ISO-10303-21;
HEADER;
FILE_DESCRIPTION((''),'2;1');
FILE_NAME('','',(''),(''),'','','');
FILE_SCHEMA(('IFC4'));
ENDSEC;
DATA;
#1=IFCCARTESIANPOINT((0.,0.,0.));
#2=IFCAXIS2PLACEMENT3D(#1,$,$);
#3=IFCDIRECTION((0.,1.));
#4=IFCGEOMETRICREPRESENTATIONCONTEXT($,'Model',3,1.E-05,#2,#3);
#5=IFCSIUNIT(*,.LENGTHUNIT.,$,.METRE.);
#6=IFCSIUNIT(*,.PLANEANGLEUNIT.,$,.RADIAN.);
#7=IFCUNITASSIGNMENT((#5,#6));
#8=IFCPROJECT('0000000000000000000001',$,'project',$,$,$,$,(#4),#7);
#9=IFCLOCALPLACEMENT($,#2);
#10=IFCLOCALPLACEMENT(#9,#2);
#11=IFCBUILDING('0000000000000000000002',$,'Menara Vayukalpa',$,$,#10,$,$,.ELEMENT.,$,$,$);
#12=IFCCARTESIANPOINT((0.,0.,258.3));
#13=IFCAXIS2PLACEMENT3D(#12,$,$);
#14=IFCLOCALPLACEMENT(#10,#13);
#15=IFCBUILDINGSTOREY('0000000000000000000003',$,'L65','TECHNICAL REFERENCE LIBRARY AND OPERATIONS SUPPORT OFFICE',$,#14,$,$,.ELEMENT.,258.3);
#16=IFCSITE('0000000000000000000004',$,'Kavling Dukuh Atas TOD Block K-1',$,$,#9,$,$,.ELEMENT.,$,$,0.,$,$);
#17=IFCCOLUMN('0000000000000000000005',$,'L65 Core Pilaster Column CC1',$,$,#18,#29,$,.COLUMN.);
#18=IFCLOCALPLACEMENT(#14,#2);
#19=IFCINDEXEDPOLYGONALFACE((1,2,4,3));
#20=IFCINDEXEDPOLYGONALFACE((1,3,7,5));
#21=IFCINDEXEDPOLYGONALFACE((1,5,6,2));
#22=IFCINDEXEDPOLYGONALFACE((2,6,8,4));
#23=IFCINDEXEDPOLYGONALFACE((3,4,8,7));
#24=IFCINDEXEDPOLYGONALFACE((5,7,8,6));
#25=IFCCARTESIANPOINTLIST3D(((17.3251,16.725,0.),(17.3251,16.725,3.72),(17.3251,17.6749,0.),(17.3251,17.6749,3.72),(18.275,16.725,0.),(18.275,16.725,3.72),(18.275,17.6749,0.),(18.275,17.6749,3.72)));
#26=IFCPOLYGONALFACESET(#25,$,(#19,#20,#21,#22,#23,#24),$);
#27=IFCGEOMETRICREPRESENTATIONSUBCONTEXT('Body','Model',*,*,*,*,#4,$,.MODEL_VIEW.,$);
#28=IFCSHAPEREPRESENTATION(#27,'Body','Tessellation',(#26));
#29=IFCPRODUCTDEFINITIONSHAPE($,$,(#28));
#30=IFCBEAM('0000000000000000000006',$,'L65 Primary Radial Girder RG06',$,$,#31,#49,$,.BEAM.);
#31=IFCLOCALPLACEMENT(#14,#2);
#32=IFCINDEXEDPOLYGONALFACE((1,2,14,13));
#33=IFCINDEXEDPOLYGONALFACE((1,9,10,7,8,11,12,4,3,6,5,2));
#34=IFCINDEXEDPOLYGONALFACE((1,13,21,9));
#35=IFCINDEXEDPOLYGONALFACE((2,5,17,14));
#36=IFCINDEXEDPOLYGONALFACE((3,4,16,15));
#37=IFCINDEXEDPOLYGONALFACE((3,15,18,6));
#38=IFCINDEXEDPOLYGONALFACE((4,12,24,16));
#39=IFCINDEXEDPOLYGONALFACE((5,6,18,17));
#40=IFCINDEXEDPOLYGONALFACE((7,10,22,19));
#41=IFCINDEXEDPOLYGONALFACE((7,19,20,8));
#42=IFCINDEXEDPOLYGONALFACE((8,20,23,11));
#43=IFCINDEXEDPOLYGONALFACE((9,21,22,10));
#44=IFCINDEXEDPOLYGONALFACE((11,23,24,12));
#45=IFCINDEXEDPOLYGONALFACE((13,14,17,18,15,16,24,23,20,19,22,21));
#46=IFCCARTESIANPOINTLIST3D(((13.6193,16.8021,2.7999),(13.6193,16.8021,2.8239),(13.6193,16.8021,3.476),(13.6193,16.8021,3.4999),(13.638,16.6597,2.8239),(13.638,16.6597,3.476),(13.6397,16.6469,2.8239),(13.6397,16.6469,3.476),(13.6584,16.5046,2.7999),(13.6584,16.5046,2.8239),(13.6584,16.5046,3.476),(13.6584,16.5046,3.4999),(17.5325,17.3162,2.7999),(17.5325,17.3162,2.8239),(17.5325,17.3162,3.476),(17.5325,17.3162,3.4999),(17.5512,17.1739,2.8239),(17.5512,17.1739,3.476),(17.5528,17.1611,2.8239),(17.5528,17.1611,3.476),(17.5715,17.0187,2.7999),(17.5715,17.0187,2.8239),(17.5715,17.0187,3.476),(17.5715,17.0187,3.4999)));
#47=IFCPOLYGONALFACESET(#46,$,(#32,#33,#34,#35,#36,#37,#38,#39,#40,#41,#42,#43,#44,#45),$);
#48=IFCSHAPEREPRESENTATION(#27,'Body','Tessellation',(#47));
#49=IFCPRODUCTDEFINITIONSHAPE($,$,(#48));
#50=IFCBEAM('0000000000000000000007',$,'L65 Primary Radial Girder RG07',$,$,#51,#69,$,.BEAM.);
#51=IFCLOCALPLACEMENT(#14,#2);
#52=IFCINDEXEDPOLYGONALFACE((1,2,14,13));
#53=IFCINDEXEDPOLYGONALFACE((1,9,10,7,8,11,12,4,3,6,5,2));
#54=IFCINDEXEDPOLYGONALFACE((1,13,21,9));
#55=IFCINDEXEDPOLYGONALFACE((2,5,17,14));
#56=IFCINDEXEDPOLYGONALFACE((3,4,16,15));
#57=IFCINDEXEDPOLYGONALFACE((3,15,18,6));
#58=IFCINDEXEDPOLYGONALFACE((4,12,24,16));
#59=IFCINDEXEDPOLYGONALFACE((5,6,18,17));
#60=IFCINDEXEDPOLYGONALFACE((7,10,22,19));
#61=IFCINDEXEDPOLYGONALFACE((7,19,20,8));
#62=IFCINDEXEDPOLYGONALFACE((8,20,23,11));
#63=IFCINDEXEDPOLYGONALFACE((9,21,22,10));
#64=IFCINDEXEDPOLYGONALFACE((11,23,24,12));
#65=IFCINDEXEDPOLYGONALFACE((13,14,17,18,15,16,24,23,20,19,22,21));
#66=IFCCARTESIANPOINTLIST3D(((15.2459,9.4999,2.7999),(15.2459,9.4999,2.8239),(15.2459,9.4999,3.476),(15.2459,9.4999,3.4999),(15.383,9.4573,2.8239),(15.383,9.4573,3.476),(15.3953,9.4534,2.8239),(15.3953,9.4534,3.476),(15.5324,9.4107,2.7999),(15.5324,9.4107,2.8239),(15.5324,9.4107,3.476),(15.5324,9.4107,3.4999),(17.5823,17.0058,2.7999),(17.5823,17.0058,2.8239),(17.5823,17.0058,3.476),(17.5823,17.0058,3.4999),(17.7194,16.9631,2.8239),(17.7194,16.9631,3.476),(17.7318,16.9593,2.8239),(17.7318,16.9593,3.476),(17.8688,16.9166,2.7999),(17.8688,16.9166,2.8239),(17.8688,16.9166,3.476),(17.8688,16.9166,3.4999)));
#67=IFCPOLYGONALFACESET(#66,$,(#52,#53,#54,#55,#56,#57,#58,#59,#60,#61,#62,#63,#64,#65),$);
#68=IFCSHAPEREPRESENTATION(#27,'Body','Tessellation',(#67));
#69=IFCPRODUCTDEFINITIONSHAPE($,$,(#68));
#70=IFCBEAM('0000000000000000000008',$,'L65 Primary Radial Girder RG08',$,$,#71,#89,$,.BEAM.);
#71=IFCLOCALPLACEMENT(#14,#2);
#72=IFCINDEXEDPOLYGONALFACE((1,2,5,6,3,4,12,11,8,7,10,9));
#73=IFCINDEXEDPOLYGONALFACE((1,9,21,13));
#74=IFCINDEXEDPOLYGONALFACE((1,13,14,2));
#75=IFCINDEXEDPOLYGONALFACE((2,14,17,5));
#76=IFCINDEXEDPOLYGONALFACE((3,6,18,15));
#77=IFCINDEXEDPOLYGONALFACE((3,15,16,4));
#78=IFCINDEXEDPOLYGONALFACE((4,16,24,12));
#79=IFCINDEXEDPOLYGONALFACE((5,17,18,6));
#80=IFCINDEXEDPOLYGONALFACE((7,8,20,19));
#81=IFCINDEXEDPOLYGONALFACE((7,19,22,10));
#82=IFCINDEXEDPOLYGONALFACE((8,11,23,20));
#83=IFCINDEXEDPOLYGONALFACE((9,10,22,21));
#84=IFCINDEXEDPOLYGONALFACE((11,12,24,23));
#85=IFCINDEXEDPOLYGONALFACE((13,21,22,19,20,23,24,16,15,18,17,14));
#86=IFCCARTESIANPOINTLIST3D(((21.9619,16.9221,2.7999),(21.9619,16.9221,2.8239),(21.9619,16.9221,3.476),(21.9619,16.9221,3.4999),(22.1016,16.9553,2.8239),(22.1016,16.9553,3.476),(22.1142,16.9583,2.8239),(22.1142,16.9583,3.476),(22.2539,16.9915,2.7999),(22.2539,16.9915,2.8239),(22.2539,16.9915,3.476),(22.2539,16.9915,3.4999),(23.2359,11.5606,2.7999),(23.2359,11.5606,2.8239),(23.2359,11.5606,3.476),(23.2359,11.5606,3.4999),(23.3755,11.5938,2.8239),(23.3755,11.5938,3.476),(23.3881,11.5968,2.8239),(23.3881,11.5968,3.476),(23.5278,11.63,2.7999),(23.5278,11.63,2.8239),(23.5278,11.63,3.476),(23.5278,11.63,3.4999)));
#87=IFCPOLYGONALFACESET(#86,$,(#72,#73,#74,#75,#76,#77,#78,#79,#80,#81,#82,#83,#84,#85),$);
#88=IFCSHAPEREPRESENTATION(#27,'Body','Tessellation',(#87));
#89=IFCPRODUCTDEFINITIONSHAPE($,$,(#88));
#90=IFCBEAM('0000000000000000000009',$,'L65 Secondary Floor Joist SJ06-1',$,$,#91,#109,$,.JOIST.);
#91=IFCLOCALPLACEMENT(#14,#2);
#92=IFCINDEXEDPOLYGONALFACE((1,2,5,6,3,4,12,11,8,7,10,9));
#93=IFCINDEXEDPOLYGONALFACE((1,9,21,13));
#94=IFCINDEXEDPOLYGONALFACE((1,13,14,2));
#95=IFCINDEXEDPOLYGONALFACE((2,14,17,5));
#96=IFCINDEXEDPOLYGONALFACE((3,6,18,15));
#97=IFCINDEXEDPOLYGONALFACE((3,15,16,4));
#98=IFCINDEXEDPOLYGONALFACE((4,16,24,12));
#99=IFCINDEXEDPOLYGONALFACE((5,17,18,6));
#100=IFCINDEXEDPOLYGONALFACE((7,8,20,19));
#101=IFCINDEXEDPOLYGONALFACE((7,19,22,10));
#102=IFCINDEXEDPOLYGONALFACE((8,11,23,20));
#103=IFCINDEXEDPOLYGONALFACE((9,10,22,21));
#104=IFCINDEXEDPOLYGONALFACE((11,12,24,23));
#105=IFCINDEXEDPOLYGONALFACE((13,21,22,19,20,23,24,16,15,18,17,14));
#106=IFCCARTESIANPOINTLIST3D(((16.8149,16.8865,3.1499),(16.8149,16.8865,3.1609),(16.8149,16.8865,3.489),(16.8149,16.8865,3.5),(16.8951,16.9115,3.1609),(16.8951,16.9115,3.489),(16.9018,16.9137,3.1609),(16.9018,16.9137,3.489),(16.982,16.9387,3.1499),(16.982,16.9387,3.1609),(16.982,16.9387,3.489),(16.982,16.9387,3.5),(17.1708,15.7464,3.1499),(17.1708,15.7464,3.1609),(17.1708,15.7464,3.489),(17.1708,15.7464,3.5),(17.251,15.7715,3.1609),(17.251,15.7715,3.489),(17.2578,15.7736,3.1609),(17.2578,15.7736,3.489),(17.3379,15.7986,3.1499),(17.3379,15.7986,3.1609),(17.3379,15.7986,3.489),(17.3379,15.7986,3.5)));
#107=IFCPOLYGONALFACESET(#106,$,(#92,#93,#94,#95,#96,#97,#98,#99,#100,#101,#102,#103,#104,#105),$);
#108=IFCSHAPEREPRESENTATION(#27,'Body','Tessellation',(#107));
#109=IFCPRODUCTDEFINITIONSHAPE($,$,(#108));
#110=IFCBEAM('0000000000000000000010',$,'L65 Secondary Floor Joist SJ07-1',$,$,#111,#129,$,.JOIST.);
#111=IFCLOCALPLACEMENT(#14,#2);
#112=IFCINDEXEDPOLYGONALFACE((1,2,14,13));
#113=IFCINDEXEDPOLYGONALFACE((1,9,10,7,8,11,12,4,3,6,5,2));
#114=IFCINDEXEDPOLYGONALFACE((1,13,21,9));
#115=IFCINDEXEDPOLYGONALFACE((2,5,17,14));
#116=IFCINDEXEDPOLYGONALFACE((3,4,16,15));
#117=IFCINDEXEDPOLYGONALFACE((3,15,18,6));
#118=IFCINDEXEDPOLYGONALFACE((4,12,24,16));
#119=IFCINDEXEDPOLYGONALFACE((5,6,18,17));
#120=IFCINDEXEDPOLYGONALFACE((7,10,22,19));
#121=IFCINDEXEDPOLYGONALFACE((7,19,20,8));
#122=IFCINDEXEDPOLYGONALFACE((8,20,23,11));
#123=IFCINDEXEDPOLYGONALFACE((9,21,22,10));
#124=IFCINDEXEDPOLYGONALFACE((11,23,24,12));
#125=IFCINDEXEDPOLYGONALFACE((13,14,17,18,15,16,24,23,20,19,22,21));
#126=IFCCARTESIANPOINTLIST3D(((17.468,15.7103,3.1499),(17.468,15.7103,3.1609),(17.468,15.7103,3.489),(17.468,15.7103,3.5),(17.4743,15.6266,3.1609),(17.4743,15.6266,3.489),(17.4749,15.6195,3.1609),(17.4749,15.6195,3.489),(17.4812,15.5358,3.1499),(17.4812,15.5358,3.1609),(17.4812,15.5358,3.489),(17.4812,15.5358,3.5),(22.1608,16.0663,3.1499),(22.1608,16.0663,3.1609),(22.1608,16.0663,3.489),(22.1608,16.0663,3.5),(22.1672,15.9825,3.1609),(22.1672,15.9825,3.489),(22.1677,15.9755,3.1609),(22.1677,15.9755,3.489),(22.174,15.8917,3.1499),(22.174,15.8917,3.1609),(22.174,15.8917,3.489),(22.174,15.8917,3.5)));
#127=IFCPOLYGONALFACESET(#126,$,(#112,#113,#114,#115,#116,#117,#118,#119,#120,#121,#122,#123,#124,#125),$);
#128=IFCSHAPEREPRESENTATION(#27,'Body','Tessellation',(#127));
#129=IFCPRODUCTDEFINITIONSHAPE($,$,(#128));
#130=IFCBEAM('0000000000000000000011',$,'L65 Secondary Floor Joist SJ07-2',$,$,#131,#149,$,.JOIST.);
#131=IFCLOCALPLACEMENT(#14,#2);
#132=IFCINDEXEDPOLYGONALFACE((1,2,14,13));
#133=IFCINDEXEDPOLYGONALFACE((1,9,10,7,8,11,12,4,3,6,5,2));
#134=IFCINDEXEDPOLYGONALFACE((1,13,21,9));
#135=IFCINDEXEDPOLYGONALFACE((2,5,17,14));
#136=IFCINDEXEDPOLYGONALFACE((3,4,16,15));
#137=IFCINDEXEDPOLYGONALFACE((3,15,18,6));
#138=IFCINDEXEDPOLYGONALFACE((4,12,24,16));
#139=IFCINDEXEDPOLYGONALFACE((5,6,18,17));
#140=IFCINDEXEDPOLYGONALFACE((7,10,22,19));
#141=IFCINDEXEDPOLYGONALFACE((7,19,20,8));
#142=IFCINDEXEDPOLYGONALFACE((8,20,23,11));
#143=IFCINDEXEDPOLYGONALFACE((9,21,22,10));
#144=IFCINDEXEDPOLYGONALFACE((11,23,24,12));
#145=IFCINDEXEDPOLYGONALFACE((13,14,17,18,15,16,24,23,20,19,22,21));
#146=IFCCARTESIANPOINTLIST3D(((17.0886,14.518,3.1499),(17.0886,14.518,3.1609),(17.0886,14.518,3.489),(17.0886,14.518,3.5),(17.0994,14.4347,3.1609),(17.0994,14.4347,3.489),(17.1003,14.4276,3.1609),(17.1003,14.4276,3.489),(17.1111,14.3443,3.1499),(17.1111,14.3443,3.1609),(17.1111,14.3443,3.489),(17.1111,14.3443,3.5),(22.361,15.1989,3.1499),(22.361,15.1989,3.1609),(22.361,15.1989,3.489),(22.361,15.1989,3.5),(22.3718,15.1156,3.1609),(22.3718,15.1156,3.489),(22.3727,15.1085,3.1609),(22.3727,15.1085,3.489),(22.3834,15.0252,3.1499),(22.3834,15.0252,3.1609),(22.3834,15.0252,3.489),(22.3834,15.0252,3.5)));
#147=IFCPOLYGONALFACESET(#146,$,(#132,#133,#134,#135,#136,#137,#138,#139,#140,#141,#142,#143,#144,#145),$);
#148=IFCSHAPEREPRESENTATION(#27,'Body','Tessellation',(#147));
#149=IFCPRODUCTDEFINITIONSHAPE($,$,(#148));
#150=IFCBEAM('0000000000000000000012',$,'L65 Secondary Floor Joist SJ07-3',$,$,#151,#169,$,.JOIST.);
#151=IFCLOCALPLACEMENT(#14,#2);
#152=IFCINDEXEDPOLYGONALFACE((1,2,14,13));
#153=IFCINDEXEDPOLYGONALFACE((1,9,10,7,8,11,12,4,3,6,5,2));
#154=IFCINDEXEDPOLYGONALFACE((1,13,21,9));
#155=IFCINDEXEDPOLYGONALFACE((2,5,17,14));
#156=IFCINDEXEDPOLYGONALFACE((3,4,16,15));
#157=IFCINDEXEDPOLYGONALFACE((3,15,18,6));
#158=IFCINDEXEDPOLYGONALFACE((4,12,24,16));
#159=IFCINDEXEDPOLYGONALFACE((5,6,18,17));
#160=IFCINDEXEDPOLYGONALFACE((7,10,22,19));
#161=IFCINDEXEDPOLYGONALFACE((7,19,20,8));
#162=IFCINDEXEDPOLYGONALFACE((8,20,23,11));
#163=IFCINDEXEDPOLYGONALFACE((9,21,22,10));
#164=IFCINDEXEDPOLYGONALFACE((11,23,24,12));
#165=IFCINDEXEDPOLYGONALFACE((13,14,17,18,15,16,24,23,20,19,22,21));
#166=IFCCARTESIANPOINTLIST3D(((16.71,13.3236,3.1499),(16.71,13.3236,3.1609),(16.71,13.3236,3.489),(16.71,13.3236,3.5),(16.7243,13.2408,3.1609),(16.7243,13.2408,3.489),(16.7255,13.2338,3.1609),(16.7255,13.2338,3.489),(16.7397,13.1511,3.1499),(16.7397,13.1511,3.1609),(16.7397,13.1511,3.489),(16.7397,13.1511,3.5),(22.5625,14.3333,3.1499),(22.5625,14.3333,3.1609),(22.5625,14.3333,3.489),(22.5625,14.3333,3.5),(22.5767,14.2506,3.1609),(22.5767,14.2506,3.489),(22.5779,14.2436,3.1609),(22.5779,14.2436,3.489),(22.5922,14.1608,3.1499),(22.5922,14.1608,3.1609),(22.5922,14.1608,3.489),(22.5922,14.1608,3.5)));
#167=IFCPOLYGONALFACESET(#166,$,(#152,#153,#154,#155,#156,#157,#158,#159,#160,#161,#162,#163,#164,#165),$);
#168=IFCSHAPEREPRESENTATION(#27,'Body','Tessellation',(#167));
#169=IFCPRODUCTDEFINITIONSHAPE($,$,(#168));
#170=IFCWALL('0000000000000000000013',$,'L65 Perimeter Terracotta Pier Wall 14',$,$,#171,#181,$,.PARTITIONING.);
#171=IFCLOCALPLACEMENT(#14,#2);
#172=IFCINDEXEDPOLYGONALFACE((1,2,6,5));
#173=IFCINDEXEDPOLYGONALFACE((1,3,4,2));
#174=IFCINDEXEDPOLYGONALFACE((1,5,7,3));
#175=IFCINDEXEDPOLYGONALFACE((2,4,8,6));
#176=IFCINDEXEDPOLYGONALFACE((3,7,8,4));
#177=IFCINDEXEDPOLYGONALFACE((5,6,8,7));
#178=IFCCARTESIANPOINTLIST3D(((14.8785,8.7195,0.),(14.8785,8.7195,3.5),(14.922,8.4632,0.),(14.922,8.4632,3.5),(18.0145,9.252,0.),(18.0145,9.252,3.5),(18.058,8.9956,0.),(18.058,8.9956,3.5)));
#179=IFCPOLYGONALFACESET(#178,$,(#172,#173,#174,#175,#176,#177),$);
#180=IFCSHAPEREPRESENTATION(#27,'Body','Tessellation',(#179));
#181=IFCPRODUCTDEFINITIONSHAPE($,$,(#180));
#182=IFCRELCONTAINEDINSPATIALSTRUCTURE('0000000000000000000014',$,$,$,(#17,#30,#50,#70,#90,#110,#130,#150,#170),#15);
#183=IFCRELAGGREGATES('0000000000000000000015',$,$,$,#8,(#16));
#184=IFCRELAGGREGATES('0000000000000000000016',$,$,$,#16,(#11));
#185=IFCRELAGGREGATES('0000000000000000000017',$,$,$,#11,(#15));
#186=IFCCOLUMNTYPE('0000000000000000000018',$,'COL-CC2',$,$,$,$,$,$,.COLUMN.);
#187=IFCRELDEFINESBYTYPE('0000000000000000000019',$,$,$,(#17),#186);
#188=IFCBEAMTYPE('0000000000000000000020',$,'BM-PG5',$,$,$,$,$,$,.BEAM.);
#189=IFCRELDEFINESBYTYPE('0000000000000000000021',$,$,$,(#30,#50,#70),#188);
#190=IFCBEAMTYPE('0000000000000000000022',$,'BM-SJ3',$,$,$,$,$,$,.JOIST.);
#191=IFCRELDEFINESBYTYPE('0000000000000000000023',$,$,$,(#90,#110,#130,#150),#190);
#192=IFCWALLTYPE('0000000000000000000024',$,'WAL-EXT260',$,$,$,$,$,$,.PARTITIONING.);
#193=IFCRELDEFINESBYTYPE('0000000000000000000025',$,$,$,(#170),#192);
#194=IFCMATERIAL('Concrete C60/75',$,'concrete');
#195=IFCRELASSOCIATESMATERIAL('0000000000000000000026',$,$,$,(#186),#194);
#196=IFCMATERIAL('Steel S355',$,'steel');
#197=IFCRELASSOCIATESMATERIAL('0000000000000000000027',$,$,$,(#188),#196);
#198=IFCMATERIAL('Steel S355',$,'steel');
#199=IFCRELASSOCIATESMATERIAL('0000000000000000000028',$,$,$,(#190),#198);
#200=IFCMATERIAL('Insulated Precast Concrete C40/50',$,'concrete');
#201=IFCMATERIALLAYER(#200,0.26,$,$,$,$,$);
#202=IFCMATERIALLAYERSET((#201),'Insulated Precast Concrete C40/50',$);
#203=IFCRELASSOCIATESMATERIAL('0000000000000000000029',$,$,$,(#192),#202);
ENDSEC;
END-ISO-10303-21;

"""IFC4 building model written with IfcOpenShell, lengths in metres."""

from ifc_helpers import new_model, si_unit, direction, frame, frame_2d, origin, origin_2d, place, context, subcontext, project, spatial, rectangle, i_section, extrude, material, layer, layer_set, material_profile, profile_set, type_object, element, save


model = new_model("IFC4")

# Units and contexts
model_context = context("Model", 3, precision=1e-05, world=origin(), true_north=direction((0.0, 1.0)))
body_context = subcontext(model_context, "Body", "Model", "MODEL_VIEW")
ifc_project = project(units=[si_unit("LENGTHUNIT", "METRE"), si_unit("PLANEANGLEUNIT", "RADIAN")], contexts=[model_context])

# Site, building, storey
site_placement = place(None, origin())
site = spatial("IfcSite", under=ifc_project, at=site_placement, Name="Kavling Dukuh Atas TOD Block K-1", CompositionType="ELEMENT", RefElevation=0.0)
building_placement = place(site_placement, origin())
building = spatial("IfcBuilding", under=site, at=building_placement, Name="Menara Vayukalpa", CompositionType="ELEMENT")
storey_placement = place(building_placement, frame((0.0, 0.0, 258.3)))
storey = spatial("IfcBuildingStorey", under=building, at=storey_placement, Name="L65", Description="TECHNICAL REFERENCE LIBRARY AND OPERATIONS SUPPORT OFFICE", CompositionType="ELEMENT", Elevation=258.3)

# Column
ifc_material_1 = material(Name="Concrete C60/75", Category="concrete")
ifc_material_profile_1 = material_profile(ifc_material_1, rectangle(XDim=0.95, YDim=0.95, at=origin_2d()), Name="RC 950x950")
ifc_profile_set_1 = profile_set([ifc_material_profile_1], Name="Concrete C60/75")
column_type = type_object("IfcColumnType", Name="COL-CC2", PredefinedType="COLUMN", material=ifc_profile_set_1)
column_placement = place(storey_placement, frame((17.8, 17.2, 0.0), z_axis=(0.0, 0.0, 1.0), x_axis=(1.0, 0.0, 0.0)))
element("IfcColumn", 1, at=column_placement, inside=storey, type_object=column_type, Name="L65 Core Pilaster Column CC1", PredefinedType="COLUMN", context=body_context, shape_type="SweptSolid", body=[
    extrude(rectangle(XDim=0.95, YDim=0.95, at=origin_2d()), origin(), (0.0, 0.0, 1.0), 3.72),
])

# Beams
ifc_material_2 = material(Name="Steel S355", Category="steel")
ifc_material_profile_2 = material_profile(ifc_material_2, i_section(OverallWidth=0.3, OverallDepth=0.7, WebThickness=0.0129, FlangeThickness=0.0239, at=origin_2d()), Name="WF 700x300x13x24")
ifc_profile_set_2 = profile_set([ifc_material_profile_2], Name="Steel S355")
beam_type_1 = type_object("IfcBeamType", Name="BM-PG5", PredefinedType="BEAM", material=ifc_profile_set_2)
beam_1_placement = place(storey_placement, frame((17.552, 17.1675, 3.1499), z_axis=(-0.991478, -0.130275, 0.0), x_axis=(0.130275, -0.991478, 0.0)))
element("IfcBeam", 2, at=beam_1_placement, inside=storey, type_object=beam_type_1, Name="L65 Primary Radial Girder RG06", PredefinedType="BEAM", context=body_context, shape_type="SweptSolid", body=[
    extrude(i_section(OverallWidth=0.3, OverallDepth=0.7, WebThickness=0.0129, FlangeThickness=0.0239, at=origin_2d()), origin(), (0.0, 0.0, 1.0), 3.9468),
])
beam_2_placement = place(storey_placement, frame((17.7256, 16.9612, 3.1499), z_axis=(-0.297214, -0.954811, 0.0), x_axis=(0.954811, -0.297214, 0.0)))
element("IfcBeam", 3, at=beam_2_placement, inside=storey, type_object=beam_type_1, Name="L65 Primary Radial Girder RG07", PredefinedType="BEAM", context=body_context, shape_type="SweptSolid", body=[
    extrude(i_section(OverallWidth=0.3, OverallDepth=0.7, WebThickness=0.0129, FlangeThickness=0.0239, at=origin_2d()), origin(), (0.0, 0.0, 1.0), 7.8611),
])
beam_3_placement = place(storey_placement, frame((22.1079, 16.9568, 3.1499), z_axis=(0.231167, -0.972914, 0.0), x_axis=(0.972914, 0.231167, 0.0)))
element("IfcBeam", 4, at=beam_3_placement, inside=storey, type_object=beam_type_1, Name="L65 Primary Radial Girder RG08", PredefinedType="BEAM", context=body_context, shape_type="SweptSolid", body=[
    extrude(i_section(OverallWidth=0.3, OverallDepth=0.7, WebThickness=0.0129, FlangeThickness=0.0239, at=origin_2d()), origin(), (0.0, 0.0, 1.0), 5.5107),
])
ifc_material_3 = material(Name="Steel S355", Category="steel")
ifc_material_profile_3 = material_profile(ifc_material_3, i_section(OverallWidth=0.175, OverallDepth=0.3501, WebThickness=0.0071, FlangeThickness=0.011, at=origin_2d()), Name="WF 350x175x7x11")
ifc_profile_set_3 = profile_set([ifc_material_profile_3], Name="Steel S355")
beam_type_2 = type_object("IfcBeamType", Name="BM-SJ3", PredefinedType="JOIST", material=ifc_profile_set_3)
beam_4_placement = place(storey_placement, frame((16.8984, 16.9126, 3.325), z_axis=(0.298019, -0.95456, 0.0), x_axis=(0.95456, 0.298019, 0.0)))
element("IfcBeam", 5, at=beam_4_placement, inside=storey, type_object=beam_type_2, Name="L65 Secondary Floor Joist SJ06-1", PredefinedType="JOIST", context=body_context, shape_type="SweptSolid", body=[
    extrude(i_section(OverallWidth=0.175, OverallDepth=0.3501, WebThickness=0.0071, FlangeThickness=0.011, at=origin_2d()), origin(), (0.0, 0.0, 1.0), 1.1943),
])
beam_5_placement = place(storey_placement, frame((17.4746, 15.623, 3.325), z_axis=(0.997136, 0.075633, 0.0), x_axis=(-0.075633, 0.997136, 0.0)))
element("IfcBeam", 6, at=beam_5_placement, inside=storey, type_object=beam_type_2, Name="L65 Secondary Floor Joist SJ07-1", PredefinedType="JOIST", context=body_context, shape_type="SweptSolid", body=[
    extrude(i_section(OverallWidth=0.175, OverallDepth=0.3501, WebThickness=0.0071, FlangeThickness=0.011, at=origin_2d()), origin(), (0.0, 0.0, 1.0), 4.7063),
])
beam_6_placement = place(storey_placement, frame((17.0999, 14.4312, 3.325), z_axis=(0.991764, 0.128081, 0.0), x_axis=(-0.128081, 0.991764, 0.0)))
element("IfcBeam", 7, at=beam_6_placement, inside=storey, type_object=beam_type_2, Name="L65 Secondary Floor Joist SJ07-2", PredefinedType="JOIST", context=body_context, shape_type="SweptSolid", body=[
    extrude(i_section(OverallWidth=0.175, OverallDepth=0.3501, WebThickness=0.0071, FlangeThickness=0.011, at=origin_2d()), origin(), (0.0, 0.0, 1.0), 5.3162),
])
beam_7_placement = place(storey_placement, frame((16.7249, 13.2373, 3.325), z_axis=(0.98544, 0.170023, 0.0), x_axis=(-0.170023, 0.98544, 0.0)))
element("IfcBeam", 8, at=beam_7_placement, inside=storey, type_object=beam_type_2, Name="L65 Secondary Floor Joist SJ07-3", PredefinedType="JOIST", context=body_context, shape_type="SweptSolid", body=[
    extrude(i_section(OverallWidth=0.175, OverallDepth=0.3501, WebThickness=0.0071, FlangeThickness=0.011, at=origin_2d()), origin(), (0.0, 0.0, 1.0), 5.939),
])

# Wall
ifc_material_4 = material(Name="Insulated Precast Concrete C40/50", Category="concrete")
ifc_layer_1 = layer(ifc_material_4, 0.26)
ifc_layer_set_1 = layer_set([ifc_layer_1], Name="Insulated Precast Concrete C40/50")
wall_type_1 = type_object("IfcWallType", Name="WAL-EXT260", PredefinedType="PARTITIONING", material=ifc_layer_set_1)
wall_1_placement = place(storey_placement, frame((18.0361, 9.1238, 0.0), z_axis=(0.0, 0.0, 1.0), x_axis=(-0.985889, -0.167398, 0.0)))
element("IfcWall", 9, at=wall_1_placement, inside=storey, type_object=wall_type_1, Name="L65 Perimeter Terracotta Pier Wall 14", PredefinedType="PARTITIONING", context=body_context, shape_type="SweptSolid", body=[
    extrude(rectangle(XDim=3.1809, YDim=0.26, at=frame_2d((1.5903, 0.0))), origin(), (0.0, 0.0, 1.0), 3.5),
])

save(model, "model.ifc")
